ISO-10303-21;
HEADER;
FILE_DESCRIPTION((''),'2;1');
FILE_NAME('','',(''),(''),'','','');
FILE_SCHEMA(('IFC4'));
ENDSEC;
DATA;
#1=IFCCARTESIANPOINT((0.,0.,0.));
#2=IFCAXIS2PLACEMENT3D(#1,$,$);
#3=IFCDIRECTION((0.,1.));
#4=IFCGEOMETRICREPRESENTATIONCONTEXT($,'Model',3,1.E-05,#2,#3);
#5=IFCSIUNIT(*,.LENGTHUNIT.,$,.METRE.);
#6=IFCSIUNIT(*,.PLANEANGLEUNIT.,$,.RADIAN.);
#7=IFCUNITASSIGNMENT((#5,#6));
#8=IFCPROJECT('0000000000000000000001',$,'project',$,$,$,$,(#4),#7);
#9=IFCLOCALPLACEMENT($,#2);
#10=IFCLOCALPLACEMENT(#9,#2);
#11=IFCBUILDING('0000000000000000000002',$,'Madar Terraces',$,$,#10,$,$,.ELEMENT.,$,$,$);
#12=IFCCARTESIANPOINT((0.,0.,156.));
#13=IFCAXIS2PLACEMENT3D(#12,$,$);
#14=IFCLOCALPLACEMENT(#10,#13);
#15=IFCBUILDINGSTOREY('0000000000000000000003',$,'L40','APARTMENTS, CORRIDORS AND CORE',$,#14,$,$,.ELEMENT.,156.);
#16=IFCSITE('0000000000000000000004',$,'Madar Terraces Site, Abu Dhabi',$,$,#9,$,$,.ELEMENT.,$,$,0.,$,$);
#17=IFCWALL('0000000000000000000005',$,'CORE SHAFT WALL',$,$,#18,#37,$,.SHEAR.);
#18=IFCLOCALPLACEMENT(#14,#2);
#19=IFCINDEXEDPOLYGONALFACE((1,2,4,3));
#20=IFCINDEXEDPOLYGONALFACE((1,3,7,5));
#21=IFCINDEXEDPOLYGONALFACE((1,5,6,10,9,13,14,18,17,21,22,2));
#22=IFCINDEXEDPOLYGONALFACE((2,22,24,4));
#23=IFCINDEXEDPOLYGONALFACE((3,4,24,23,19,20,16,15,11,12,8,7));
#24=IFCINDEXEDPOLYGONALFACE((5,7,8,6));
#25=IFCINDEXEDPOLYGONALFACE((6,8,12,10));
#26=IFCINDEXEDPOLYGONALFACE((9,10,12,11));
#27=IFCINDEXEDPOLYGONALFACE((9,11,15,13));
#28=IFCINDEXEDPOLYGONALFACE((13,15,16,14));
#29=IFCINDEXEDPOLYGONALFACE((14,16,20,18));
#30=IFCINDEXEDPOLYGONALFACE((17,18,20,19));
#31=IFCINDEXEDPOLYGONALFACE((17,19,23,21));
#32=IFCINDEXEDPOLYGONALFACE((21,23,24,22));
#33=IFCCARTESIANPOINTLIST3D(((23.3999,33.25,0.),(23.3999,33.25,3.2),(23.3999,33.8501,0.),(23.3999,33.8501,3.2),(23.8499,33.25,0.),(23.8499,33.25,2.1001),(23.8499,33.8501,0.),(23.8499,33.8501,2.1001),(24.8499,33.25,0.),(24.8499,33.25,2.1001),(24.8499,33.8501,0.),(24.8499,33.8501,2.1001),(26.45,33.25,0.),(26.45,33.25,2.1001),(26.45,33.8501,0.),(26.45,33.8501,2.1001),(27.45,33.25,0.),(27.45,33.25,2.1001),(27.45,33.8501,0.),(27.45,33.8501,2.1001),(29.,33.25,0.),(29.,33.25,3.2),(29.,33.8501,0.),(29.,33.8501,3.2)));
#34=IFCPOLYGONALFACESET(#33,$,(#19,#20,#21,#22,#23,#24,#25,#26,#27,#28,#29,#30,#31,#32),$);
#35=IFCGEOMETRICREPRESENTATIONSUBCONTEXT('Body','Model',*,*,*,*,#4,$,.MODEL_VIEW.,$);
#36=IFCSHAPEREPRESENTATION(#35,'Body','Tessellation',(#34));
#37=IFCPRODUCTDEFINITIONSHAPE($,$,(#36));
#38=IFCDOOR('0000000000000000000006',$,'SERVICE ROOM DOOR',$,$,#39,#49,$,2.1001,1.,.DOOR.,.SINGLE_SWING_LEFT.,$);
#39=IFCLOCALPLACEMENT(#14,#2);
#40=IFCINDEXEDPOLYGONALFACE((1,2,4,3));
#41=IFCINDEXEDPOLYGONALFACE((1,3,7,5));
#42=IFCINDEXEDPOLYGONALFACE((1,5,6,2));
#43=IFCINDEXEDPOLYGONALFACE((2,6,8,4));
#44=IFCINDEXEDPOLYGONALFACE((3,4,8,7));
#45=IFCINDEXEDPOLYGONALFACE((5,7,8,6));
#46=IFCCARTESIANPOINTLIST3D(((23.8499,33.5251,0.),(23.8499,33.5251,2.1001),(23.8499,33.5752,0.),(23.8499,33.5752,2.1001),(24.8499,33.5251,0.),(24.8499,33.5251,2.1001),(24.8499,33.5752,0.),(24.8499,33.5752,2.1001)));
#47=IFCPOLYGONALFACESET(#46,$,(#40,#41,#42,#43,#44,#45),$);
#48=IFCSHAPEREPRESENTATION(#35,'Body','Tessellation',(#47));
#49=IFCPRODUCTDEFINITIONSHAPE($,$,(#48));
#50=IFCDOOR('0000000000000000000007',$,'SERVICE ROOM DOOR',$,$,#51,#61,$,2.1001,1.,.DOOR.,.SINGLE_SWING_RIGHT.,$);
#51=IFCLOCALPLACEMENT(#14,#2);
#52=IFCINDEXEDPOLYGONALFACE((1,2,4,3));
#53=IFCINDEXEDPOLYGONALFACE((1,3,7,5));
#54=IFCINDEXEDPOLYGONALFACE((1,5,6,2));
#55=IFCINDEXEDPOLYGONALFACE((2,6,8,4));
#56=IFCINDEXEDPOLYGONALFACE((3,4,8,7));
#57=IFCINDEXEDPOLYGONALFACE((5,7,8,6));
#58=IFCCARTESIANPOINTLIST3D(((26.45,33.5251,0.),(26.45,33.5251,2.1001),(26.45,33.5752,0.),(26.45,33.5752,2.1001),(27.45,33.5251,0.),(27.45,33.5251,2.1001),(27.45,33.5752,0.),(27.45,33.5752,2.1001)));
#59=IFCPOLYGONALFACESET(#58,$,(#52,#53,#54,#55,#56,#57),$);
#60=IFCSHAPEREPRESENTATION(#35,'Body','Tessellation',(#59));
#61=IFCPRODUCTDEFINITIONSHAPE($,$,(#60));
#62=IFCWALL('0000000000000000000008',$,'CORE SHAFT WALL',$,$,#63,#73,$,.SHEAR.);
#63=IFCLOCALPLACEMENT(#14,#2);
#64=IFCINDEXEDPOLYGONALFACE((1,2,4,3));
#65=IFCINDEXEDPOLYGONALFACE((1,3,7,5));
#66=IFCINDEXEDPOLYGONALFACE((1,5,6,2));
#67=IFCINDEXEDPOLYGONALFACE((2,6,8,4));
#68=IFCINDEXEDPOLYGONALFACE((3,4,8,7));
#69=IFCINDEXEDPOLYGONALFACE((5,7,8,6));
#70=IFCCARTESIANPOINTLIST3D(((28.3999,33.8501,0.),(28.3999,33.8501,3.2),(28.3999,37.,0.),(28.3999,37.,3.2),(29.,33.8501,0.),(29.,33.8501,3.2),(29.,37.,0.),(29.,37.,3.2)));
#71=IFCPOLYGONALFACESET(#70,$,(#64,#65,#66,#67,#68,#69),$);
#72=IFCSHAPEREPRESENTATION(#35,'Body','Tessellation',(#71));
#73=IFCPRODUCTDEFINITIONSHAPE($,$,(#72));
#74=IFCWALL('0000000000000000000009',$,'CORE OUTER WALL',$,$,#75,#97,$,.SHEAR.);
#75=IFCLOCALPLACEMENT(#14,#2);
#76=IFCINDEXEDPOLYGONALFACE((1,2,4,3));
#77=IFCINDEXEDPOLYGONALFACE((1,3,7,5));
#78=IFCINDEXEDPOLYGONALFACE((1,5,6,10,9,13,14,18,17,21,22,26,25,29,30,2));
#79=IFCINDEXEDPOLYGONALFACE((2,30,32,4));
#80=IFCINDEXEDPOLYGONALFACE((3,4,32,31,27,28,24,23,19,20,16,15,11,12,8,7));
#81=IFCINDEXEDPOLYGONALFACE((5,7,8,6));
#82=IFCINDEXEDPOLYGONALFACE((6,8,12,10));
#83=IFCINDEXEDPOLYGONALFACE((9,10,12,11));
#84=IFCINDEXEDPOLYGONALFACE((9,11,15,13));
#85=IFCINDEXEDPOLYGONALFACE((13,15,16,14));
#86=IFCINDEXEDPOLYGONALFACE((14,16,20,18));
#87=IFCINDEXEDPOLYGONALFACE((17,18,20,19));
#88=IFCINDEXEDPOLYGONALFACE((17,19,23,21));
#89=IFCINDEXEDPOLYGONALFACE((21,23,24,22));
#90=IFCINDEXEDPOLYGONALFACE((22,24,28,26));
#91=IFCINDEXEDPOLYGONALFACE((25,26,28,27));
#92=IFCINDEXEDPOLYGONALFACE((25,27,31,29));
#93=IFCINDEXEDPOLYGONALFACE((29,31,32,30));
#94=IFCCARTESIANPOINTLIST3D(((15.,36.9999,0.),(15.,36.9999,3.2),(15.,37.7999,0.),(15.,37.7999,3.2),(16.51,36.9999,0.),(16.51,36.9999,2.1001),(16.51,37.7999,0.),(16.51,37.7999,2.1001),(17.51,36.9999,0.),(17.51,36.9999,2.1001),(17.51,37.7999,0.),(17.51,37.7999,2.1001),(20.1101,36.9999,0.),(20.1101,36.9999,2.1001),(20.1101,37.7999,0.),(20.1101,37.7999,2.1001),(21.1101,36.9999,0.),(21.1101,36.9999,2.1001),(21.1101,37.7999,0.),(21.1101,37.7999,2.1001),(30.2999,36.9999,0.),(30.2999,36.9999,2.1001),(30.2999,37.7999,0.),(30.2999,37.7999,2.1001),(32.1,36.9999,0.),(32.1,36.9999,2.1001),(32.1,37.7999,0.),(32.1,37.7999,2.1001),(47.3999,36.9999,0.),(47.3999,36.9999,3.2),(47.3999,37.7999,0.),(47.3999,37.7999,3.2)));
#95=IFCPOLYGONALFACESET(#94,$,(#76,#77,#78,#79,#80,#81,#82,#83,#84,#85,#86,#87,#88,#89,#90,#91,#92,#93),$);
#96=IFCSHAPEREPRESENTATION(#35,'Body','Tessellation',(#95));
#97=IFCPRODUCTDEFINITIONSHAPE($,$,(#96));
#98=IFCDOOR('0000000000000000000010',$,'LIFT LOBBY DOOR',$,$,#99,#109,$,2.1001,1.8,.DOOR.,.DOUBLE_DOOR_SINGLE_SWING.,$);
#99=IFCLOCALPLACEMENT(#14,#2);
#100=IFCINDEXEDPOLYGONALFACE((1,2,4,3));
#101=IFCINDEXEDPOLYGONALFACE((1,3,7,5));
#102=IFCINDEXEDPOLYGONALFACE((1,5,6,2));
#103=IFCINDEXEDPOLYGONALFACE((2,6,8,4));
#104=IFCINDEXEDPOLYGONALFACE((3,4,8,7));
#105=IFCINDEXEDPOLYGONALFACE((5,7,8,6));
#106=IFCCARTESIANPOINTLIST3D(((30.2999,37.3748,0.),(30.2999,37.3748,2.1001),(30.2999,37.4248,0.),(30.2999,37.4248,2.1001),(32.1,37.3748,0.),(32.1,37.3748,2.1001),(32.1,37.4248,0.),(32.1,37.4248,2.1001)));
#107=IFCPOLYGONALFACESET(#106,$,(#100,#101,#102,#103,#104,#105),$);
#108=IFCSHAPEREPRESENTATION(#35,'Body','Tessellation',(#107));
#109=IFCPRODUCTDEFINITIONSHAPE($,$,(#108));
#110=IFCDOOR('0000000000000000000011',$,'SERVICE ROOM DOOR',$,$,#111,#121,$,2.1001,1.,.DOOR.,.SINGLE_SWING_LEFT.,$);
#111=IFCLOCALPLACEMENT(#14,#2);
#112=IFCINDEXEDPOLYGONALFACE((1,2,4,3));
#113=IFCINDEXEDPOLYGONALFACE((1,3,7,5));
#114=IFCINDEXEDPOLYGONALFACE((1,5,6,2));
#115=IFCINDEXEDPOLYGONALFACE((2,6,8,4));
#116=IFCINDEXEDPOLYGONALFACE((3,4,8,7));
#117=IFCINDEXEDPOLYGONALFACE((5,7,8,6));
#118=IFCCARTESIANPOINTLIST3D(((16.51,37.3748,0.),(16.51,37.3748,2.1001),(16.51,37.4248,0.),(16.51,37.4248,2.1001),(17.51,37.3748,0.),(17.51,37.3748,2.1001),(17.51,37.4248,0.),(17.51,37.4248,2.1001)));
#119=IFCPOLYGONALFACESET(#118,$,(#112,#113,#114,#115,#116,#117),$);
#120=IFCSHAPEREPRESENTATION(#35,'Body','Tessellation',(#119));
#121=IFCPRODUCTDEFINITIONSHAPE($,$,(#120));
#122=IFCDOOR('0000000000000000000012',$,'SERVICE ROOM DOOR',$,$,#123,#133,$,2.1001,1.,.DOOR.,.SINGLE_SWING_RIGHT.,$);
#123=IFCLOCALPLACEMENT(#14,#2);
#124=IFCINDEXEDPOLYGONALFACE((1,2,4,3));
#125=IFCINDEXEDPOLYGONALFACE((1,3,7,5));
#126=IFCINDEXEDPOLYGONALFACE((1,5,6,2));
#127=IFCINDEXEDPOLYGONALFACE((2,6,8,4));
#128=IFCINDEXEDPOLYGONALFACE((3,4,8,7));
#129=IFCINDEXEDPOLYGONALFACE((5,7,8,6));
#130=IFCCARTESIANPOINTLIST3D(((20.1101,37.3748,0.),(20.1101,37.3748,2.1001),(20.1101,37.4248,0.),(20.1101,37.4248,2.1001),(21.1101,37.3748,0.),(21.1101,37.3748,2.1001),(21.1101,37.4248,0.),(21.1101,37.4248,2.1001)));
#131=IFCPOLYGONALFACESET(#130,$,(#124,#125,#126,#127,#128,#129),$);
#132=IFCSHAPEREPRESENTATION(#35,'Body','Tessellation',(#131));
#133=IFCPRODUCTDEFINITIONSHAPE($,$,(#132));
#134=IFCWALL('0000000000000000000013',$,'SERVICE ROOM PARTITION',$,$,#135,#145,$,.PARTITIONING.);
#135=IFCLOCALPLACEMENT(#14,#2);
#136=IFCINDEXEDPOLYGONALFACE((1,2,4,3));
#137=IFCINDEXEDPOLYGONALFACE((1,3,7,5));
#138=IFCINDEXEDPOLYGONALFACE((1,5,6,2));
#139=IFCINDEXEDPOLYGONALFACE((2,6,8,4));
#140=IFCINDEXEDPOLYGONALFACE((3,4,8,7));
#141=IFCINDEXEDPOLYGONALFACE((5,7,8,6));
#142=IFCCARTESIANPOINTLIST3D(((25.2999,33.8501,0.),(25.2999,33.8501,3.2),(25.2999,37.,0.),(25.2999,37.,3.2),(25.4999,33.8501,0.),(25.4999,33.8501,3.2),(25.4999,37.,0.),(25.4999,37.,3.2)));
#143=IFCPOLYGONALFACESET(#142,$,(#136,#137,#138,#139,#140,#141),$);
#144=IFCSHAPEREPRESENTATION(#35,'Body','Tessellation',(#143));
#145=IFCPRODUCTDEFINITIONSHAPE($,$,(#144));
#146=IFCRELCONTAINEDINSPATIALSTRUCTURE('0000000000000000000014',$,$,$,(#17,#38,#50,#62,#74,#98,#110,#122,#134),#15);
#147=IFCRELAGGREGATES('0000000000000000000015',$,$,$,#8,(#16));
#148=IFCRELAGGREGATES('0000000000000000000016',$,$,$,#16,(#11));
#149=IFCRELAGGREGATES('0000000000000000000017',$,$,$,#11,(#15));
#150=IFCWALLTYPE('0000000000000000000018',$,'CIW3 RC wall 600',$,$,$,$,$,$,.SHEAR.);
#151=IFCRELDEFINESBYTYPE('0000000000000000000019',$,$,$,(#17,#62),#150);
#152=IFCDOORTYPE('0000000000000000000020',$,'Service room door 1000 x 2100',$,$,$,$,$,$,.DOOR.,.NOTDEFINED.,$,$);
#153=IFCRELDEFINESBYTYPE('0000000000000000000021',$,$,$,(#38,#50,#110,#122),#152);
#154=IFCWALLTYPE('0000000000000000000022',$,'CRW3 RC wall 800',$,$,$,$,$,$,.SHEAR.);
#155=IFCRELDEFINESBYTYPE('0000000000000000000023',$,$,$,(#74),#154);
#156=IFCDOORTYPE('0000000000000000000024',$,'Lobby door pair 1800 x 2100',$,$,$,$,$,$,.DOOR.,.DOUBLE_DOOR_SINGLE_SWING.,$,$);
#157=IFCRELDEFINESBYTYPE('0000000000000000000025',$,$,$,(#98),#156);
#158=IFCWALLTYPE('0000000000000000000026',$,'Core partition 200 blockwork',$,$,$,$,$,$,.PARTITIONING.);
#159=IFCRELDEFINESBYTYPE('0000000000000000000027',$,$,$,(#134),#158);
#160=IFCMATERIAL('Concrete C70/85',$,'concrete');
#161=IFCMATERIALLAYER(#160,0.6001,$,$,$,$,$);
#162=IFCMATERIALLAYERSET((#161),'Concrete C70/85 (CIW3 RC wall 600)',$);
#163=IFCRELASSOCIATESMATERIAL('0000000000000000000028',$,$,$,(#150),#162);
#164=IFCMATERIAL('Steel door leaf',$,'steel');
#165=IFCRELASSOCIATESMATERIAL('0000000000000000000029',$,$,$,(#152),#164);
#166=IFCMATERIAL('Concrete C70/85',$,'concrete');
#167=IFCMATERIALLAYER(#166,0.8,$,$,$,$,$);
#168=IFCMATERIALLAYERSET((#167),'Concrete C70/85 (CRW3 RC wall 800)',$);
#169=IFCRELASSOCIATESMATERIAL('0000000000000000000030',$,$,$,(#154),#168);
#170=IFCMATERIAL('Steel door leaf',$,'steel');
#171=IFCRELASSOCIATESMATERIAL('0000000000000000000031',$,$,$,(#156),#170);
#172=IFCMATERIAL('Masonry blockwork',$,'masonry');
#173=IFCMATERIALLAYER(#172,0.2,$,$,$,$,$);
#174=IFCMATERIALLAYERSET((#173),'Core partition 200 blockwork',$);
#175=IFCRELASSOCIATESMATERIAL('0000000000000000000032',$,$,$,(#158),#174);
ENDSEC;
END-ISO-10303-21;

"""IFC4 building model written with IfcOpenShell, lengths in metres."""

from ifc_helpers import new_model, si_unit, direction, frame, frame_2d, origin, place, context, subcontext, project, spatial, rectangle, extrude, material, layer, layer_set, type_object, element, fill, save


model = new_model("IFC4")

# Units and contexts
model_context = context("Model", 3, precision=1e-05, world=origin(), true_north=direction((0.0, 1.0)))
body_context = subcontext(model_context, "Body", "Model", "MODEL_VIEW")
ifc_project = project(units=[si_unit("LENGTHUNIT", "METRE"), si_unit("PLANEANGLEUNIT", "RADIAN")], contexts=[model_context])

# Site, building, storey
site_placement = place(None, origin())
site = spatial("IfcSite", under=ifc_project, at=site_placement, Name="Madar Terraces Site, Abu Dhabi", CompositionType="ELEMENT", RefElevation=0.0)
building_placement = place(site_placement, origin())
building = spatial("IfcBuilding", under=site, at=building_placement, Name="Madar Terraces", CompositionType="ELEMENT")
storey_placement = place(building_placement, frame((0.0, 0.0, 156.0)))
storey = spatial("IfcBuildingStorey", under=building, at=storey_placement, Name="L40", Description="APARTMENTS, CORRIDORS AND CORE", CompositionType="ELEMENT", Elevation=156.0)

# Wall, openings, doors
ifc_material_1 = material(Name="Concrete C70/85", Category="concrete")
ifc_layer_1 = layer(ifc_material_1, 0.6001)
ifc_layer_set_1 = layer_set([ifc_layer_1], Name="Concrete C70/85 (CIW3 RC wall 600)")
wall_type_1 = type_object("IfcWallType", Name="CIW3 RC wall 600", PredefinedType="SHEAR", material=ifc_layer_set_1)
wall_1_placement = place(storey_placement, frame((23.3999, 33.55, 0.0), z_axis=(0.0, 0.0, 1.0), x_axis=(1.0, 0.0, 0.0)))
wall_1 = element("IfcWall", 1, at=wall_1_placement, inside=storey, type_object=wall_type_1, Name="CORE SHAFT WALL", PredefinedType="SHEAR", context=body_context, shape_type="SweptSolid", body=[
    extrude(rectangle(XDim=5.6001, YDim=0.6001, at=frame_2d((2.8, 0.0))), origin(), (0.0, 0.0, 1.0), 3.2),
])
opening_1_placement = place(wall_1_placement, frame((0.45, 0.0, 0.0)))
opening_1 = element("IfcOpeningElement", 2, at=opening_1_placement, cuts=wall_1, PredefinedType="OPENING", context=body_context, shape_type="SweptSolid", body=[
    extrude(rectangle(XDim=1.0, YDim=2.1001, at=frame_2d((0.5, 1.05))), frame((0.0, 0.3101, 0.0), z_axis=(0.0, -1.0, 0.0), x_axis=(1.0, 0.0, 0.0)), (0.0, 0.0, 1.0), 0.6201),
])
opening_2_placement = place(wall_1_placement, frame((3.05, 0.0, 0.0)))
opening_2 = element("IfcOpeningElement", 3, at=opening_2_placement, cuts=wall_1, PredefinedType="OPENING", context=body_context, shape_type="SweptSolid", body=[
    extrude(rectangle(XDim=1.0, YDim=2.1001, at=frame_2d((0.5, 1.05))), frame((0.0, 0.3101, 0.0), z_axis=(0.0, -1.0, 0.0), x_axis=(1.0, 0.0, 0.0)), (0.0, 0.0, 1.0), 0.6201),
])
ifc_material_2 = material(Name="Steel door leaf", Category="steel")
door_type_1 = type_object("IfcDoorType", Name="Service room door 1000 x 2100", OperationType="NOTDEFINED", PredefinedType="DOOR", material=ifc_material_2)
door_1_placement = place(opening_1_placement, frame((1.0, 0.0, 0.0), z_axis=(0.0, 0.0, 1.0), x_axis=(-1.0, 0.0, 0.0)))
door_1 = element("IfcDoor", 4, at=door_1_placement, inside=storey, type_object=door_type_1, Name="SERVICE ROOM DOOR", OperationType="SINGLE_SWING_LEFT", OverallHeight=2.1001, OverallWidth=1.0, PredefinedType="DOOR", context=body_context, shape_type="SweptSolid", body=[
    extrude(rectangle(XDim=1.0, YDim=2.1001, at=frame_2d((0.5, 1.05))), frame((0.0, 0.0249, 0.0), z_axis=(0.0, -1.0, 0.0), x_axis=(1.0, 0.0, 0.0)), (0.0, 0.0, 1.0), 0.05),
])
fill(opening_1, door_1)
door_2_placement = place(opening_2_placement, frame((1.0, 0.0, 0.0), z_axis=(0.0, 0.0, 1.0), x_axis=(-1.0, 0.0, 0.0)))
door_2 = element("IfcDoor", 5, at=door_2_placement, inside=storey, type_object=door_type_1, Name="SERVICE ROOM DOOR", OperationType="SINGLE_SWING_RIGHT", OverallHeight=2.1001, OverallWidth=1.0, PredefinedType="DOOR", context=body_context, shape_type="SweptSolid", body=[
    extrude(rectangle(XDim=1.0, YDim=2.1001, at=frame_2d((0.5, 1.05))), frame((0.0, 0.0249, 0.0), z_axis=(0.0, -1.0, 0.0), x_axis=(1.0, 0.0, 0.0)), (0.0, 0.0, 1.0), 0.05),
])
fill(opening_2, door_2)

# Wall
wall_2_placement = place(storey_placement, frame((28.7, 33.8501, 0.0), z_axis=(0.0, 0.0, 1.0), x_axis=(0.0, 1.0, 0.0)))
element("IfcWall", 6, at=wall_2_placement, inside=storey, type_object=wall_type_1, Name="CORE SHAFT WALL", PredefinedType="SHEAR", context=body_context, shape_type="SweptSolid", body=[
    extrude(rectangle(XDim=3.1499, YDim=0.6001, at=frame_2d((1.575, 0.0))), origin(), (0.0, 0.0, 1.0), 3.2),
])

# Wall, openings, doors
ifc_material_3 = material(Name="Concrete C70/85", Category="concrete")
ifc_layer_2 = layer(ifc_material_3, 0.8)
ifc_layer_set_2 = layer_set([ifc_layer_2], Name="Concrete C70/85 (CRW3 RC wall 800)")
wall_type_2 = type_object("IfcWallType", Name="CRW3 RC wall 800", PredefinedType="SHEAR", material=ifc_layer_set_2)
wall_3_placement = place(storey_placement, frame((15.0, 37.3999, 0.0), z_axis=(0.0, 0.0, 1.0), x_axis=(1.0, 0.0, 0.0)))
wall_3 = element("IfcWall", 7, at=wall_3_placement, inside=storey, type_object=wall_type_2, Name="CORE OUTER WALL", PredefinedType="SHEAR", context=body_context, shape_type="SweptSolid", body=[
    extrude(rectangle(XDim=32.3999, YDim=0.8, at=frame_2d((16.2, 0.0))), origin(), (0.0, 0.0, 1.0), 3.2),
])
opening_3_placement = place(wall_3_placement, frame((15.3, 0.0, 0.0)))
opening_3 = element("IfcOpeningElement", 8, at=opening_3_placement, cuts=wall_3, PredefinedType="OPENING", context=body_context, shape_type="SweptSolid", body=[
    extrude(rectangle(XDim=1.8, YDim=2.1001, at=frame_2d((0.8999, 1.05))), frame((0.0, 0.4099, 0.0), z_axis=(0.0, -1.0, 0.0), x_axis=(1.0, 0.0, 0.0)), (0.0, 0.0, 1.0), 0.8201),
])
opening_4_placement = place(wall_3_placement, frame((1.51, 0.0, 0.0)))
opening_4 = element("IfcOpeningElement", 9, at=opening_4_placement, cuts=wall_3, PredefinedType="OPENING", context=body_context, shape_type="SweptSolid", body=[
    extrude(rectangle(XDim=1.0, YDim=2.1001, at=frame_2d((0.5, 1.05))), frame((0.0, 0.4099, 0.0), z_axis=(0.0, -1.0, 0.0), x_axis=(1.0, 0.0, 0.0)), (0.0, 0.0, 1.0), 0.8201),
])
opening_5_placement = place(wall_3_placement, frame((5.1101, 0.0, 0.0)))
opening_5 = element("IfcOpeningElement", 10, at=opening_5_placement, cuts=wall_3, PredefinedType="OPENING", context=body_context, shape_type="SweptSolid", body=[
    extrude(rectangle(XDim=1.0, YDim=2.1001, at=frame_2d((0.5, 1.05))), frame((0.0, 0.4099, 0.0), z_axis=(0.0, -1.0, 0.0), x_axis=(1.0, 0.0, 0.0)), (0.0, 0.0, 1.0), 0.8201),
])
ifc_material_4 = material(Name="Steel door leaf", Category="steel")
door_type_2 = type_object("IfcDoorType", Name="Lobby door pair 1800 x 2100", OperationType="DOUBLE_DOOR_SINGLE_SWING", PredefinedType="DOOR", material=ifc_material_4)
door_3_placement = place(opening_3_placement, origin())
door_3 = element("IfcDoor", 11, at=door_3_placement, inside=storey, type_object=door_type_2, Name="LIFT LOBBY DOOR", OperationType="DOUBLE_DOOR_SINGLE_SWING", OverallHeight=2.1001, OverallWidth=1.8, PredefinedType="DOOR", context=body_context, shape_type="SweptSolid", body=[
    extrude(rectangle(XDim=1.8, YDim=2.1001, at=frame_2d((0.8999, 1.05))), frame((0.0, 0.0249, 0.0), z_axis=(0.0, -1.0, 0.0), x_axis=(1.0, 0.0, 0.0)), (0.0, 0.0, 1.0), 0.05),
])
fill(opening_3, door_3)
door_4_placement = place(opening_4_placement, origin())
door_4 = element("IfcDoor", 12, at=door_4_placement, inside=storey, type_object=door_type_1, Name="SERVICE ROOM DOOR", OperationType="SINGLE_SWING_LEFT", OverallHeight=2.1001, OverallWidth=1.0, PredefinedType="DOOR", context=body_context, shape_type="SweptSolid", body=[
    extrude(rectangle(XDim=1.0, YDim=2.1001, at=frame_2d((0.5, 1.05))), frame((0.0, 0.0249, 0.0), z_axis=(0.0, -1.0, 0.0), x_axis=(1.0, 0.0, 0.0)), (0.0, 0.0, 1.0), 0.05),
])
fill(opening_4, door_4)
door_5_placement = place(opening_5_placement, origin())
door_5 = element("IfcDoor", 13, at=door_5_placement, inside=storey, type_object=door_type_1, Name="SERVICE ROOM DOOR", OperationType="SINGLE_SWING_RIGHT", OverallHeight=2.1001, OverallWidth=1.0, PredefinedType="DOOR", context=body_context, shape_type="SweptSolid", body=[
    extrude(rectangle(XDim=1.0, YDim=2.1001, at=frame_2d((0.5, 1.05))), frame((0.0, 0.0249, 0.0), z_axis=(0.0, -1.0, 0.0), x_axis=(1.0, 0.0, 0.0)), (0.0, 0.0, 1.0), 0.05),
])
fill(opening_5, door_5)

# Wall
ifc_material_5 = material(Name="Masonry blockwork", Category="masonry")
ifc_layer_3 = layer(ifc_material_5, 0.2)
ifc_layer_set_3 = layer_set([ifc_layer_3], Name="Core partition 200 blockwork")
wall_type_3 = type_object("IfcWallType", Name="Core partition 200 blockwork", PredefinedType="PARTITIONING", material=ifc_layer_set_3)
wall_4_placement = place(storey_placement, frame((25.3999, 33.8501, 0.0), z_axis=(0.0, 0.0, 1.0), x_axis=(0.0, 1.0, 0.0)))
element("IfcWall", 14, at=wall_4_placement, inside=storey, type_object=wall_type_3, Name="SERVICE ROOM PARTITION", PredefinedType="PARTITIONING", context=body_context, shape_type="SweptSolid", body=[
    extrude(rectangle(XDim=3.1499, YDim=0.2, at=frame_2d((1.575, 0.0))), origin(), (0.0, 0.0, 1.0), 3.2),
])

save(model, "model.ifc")
